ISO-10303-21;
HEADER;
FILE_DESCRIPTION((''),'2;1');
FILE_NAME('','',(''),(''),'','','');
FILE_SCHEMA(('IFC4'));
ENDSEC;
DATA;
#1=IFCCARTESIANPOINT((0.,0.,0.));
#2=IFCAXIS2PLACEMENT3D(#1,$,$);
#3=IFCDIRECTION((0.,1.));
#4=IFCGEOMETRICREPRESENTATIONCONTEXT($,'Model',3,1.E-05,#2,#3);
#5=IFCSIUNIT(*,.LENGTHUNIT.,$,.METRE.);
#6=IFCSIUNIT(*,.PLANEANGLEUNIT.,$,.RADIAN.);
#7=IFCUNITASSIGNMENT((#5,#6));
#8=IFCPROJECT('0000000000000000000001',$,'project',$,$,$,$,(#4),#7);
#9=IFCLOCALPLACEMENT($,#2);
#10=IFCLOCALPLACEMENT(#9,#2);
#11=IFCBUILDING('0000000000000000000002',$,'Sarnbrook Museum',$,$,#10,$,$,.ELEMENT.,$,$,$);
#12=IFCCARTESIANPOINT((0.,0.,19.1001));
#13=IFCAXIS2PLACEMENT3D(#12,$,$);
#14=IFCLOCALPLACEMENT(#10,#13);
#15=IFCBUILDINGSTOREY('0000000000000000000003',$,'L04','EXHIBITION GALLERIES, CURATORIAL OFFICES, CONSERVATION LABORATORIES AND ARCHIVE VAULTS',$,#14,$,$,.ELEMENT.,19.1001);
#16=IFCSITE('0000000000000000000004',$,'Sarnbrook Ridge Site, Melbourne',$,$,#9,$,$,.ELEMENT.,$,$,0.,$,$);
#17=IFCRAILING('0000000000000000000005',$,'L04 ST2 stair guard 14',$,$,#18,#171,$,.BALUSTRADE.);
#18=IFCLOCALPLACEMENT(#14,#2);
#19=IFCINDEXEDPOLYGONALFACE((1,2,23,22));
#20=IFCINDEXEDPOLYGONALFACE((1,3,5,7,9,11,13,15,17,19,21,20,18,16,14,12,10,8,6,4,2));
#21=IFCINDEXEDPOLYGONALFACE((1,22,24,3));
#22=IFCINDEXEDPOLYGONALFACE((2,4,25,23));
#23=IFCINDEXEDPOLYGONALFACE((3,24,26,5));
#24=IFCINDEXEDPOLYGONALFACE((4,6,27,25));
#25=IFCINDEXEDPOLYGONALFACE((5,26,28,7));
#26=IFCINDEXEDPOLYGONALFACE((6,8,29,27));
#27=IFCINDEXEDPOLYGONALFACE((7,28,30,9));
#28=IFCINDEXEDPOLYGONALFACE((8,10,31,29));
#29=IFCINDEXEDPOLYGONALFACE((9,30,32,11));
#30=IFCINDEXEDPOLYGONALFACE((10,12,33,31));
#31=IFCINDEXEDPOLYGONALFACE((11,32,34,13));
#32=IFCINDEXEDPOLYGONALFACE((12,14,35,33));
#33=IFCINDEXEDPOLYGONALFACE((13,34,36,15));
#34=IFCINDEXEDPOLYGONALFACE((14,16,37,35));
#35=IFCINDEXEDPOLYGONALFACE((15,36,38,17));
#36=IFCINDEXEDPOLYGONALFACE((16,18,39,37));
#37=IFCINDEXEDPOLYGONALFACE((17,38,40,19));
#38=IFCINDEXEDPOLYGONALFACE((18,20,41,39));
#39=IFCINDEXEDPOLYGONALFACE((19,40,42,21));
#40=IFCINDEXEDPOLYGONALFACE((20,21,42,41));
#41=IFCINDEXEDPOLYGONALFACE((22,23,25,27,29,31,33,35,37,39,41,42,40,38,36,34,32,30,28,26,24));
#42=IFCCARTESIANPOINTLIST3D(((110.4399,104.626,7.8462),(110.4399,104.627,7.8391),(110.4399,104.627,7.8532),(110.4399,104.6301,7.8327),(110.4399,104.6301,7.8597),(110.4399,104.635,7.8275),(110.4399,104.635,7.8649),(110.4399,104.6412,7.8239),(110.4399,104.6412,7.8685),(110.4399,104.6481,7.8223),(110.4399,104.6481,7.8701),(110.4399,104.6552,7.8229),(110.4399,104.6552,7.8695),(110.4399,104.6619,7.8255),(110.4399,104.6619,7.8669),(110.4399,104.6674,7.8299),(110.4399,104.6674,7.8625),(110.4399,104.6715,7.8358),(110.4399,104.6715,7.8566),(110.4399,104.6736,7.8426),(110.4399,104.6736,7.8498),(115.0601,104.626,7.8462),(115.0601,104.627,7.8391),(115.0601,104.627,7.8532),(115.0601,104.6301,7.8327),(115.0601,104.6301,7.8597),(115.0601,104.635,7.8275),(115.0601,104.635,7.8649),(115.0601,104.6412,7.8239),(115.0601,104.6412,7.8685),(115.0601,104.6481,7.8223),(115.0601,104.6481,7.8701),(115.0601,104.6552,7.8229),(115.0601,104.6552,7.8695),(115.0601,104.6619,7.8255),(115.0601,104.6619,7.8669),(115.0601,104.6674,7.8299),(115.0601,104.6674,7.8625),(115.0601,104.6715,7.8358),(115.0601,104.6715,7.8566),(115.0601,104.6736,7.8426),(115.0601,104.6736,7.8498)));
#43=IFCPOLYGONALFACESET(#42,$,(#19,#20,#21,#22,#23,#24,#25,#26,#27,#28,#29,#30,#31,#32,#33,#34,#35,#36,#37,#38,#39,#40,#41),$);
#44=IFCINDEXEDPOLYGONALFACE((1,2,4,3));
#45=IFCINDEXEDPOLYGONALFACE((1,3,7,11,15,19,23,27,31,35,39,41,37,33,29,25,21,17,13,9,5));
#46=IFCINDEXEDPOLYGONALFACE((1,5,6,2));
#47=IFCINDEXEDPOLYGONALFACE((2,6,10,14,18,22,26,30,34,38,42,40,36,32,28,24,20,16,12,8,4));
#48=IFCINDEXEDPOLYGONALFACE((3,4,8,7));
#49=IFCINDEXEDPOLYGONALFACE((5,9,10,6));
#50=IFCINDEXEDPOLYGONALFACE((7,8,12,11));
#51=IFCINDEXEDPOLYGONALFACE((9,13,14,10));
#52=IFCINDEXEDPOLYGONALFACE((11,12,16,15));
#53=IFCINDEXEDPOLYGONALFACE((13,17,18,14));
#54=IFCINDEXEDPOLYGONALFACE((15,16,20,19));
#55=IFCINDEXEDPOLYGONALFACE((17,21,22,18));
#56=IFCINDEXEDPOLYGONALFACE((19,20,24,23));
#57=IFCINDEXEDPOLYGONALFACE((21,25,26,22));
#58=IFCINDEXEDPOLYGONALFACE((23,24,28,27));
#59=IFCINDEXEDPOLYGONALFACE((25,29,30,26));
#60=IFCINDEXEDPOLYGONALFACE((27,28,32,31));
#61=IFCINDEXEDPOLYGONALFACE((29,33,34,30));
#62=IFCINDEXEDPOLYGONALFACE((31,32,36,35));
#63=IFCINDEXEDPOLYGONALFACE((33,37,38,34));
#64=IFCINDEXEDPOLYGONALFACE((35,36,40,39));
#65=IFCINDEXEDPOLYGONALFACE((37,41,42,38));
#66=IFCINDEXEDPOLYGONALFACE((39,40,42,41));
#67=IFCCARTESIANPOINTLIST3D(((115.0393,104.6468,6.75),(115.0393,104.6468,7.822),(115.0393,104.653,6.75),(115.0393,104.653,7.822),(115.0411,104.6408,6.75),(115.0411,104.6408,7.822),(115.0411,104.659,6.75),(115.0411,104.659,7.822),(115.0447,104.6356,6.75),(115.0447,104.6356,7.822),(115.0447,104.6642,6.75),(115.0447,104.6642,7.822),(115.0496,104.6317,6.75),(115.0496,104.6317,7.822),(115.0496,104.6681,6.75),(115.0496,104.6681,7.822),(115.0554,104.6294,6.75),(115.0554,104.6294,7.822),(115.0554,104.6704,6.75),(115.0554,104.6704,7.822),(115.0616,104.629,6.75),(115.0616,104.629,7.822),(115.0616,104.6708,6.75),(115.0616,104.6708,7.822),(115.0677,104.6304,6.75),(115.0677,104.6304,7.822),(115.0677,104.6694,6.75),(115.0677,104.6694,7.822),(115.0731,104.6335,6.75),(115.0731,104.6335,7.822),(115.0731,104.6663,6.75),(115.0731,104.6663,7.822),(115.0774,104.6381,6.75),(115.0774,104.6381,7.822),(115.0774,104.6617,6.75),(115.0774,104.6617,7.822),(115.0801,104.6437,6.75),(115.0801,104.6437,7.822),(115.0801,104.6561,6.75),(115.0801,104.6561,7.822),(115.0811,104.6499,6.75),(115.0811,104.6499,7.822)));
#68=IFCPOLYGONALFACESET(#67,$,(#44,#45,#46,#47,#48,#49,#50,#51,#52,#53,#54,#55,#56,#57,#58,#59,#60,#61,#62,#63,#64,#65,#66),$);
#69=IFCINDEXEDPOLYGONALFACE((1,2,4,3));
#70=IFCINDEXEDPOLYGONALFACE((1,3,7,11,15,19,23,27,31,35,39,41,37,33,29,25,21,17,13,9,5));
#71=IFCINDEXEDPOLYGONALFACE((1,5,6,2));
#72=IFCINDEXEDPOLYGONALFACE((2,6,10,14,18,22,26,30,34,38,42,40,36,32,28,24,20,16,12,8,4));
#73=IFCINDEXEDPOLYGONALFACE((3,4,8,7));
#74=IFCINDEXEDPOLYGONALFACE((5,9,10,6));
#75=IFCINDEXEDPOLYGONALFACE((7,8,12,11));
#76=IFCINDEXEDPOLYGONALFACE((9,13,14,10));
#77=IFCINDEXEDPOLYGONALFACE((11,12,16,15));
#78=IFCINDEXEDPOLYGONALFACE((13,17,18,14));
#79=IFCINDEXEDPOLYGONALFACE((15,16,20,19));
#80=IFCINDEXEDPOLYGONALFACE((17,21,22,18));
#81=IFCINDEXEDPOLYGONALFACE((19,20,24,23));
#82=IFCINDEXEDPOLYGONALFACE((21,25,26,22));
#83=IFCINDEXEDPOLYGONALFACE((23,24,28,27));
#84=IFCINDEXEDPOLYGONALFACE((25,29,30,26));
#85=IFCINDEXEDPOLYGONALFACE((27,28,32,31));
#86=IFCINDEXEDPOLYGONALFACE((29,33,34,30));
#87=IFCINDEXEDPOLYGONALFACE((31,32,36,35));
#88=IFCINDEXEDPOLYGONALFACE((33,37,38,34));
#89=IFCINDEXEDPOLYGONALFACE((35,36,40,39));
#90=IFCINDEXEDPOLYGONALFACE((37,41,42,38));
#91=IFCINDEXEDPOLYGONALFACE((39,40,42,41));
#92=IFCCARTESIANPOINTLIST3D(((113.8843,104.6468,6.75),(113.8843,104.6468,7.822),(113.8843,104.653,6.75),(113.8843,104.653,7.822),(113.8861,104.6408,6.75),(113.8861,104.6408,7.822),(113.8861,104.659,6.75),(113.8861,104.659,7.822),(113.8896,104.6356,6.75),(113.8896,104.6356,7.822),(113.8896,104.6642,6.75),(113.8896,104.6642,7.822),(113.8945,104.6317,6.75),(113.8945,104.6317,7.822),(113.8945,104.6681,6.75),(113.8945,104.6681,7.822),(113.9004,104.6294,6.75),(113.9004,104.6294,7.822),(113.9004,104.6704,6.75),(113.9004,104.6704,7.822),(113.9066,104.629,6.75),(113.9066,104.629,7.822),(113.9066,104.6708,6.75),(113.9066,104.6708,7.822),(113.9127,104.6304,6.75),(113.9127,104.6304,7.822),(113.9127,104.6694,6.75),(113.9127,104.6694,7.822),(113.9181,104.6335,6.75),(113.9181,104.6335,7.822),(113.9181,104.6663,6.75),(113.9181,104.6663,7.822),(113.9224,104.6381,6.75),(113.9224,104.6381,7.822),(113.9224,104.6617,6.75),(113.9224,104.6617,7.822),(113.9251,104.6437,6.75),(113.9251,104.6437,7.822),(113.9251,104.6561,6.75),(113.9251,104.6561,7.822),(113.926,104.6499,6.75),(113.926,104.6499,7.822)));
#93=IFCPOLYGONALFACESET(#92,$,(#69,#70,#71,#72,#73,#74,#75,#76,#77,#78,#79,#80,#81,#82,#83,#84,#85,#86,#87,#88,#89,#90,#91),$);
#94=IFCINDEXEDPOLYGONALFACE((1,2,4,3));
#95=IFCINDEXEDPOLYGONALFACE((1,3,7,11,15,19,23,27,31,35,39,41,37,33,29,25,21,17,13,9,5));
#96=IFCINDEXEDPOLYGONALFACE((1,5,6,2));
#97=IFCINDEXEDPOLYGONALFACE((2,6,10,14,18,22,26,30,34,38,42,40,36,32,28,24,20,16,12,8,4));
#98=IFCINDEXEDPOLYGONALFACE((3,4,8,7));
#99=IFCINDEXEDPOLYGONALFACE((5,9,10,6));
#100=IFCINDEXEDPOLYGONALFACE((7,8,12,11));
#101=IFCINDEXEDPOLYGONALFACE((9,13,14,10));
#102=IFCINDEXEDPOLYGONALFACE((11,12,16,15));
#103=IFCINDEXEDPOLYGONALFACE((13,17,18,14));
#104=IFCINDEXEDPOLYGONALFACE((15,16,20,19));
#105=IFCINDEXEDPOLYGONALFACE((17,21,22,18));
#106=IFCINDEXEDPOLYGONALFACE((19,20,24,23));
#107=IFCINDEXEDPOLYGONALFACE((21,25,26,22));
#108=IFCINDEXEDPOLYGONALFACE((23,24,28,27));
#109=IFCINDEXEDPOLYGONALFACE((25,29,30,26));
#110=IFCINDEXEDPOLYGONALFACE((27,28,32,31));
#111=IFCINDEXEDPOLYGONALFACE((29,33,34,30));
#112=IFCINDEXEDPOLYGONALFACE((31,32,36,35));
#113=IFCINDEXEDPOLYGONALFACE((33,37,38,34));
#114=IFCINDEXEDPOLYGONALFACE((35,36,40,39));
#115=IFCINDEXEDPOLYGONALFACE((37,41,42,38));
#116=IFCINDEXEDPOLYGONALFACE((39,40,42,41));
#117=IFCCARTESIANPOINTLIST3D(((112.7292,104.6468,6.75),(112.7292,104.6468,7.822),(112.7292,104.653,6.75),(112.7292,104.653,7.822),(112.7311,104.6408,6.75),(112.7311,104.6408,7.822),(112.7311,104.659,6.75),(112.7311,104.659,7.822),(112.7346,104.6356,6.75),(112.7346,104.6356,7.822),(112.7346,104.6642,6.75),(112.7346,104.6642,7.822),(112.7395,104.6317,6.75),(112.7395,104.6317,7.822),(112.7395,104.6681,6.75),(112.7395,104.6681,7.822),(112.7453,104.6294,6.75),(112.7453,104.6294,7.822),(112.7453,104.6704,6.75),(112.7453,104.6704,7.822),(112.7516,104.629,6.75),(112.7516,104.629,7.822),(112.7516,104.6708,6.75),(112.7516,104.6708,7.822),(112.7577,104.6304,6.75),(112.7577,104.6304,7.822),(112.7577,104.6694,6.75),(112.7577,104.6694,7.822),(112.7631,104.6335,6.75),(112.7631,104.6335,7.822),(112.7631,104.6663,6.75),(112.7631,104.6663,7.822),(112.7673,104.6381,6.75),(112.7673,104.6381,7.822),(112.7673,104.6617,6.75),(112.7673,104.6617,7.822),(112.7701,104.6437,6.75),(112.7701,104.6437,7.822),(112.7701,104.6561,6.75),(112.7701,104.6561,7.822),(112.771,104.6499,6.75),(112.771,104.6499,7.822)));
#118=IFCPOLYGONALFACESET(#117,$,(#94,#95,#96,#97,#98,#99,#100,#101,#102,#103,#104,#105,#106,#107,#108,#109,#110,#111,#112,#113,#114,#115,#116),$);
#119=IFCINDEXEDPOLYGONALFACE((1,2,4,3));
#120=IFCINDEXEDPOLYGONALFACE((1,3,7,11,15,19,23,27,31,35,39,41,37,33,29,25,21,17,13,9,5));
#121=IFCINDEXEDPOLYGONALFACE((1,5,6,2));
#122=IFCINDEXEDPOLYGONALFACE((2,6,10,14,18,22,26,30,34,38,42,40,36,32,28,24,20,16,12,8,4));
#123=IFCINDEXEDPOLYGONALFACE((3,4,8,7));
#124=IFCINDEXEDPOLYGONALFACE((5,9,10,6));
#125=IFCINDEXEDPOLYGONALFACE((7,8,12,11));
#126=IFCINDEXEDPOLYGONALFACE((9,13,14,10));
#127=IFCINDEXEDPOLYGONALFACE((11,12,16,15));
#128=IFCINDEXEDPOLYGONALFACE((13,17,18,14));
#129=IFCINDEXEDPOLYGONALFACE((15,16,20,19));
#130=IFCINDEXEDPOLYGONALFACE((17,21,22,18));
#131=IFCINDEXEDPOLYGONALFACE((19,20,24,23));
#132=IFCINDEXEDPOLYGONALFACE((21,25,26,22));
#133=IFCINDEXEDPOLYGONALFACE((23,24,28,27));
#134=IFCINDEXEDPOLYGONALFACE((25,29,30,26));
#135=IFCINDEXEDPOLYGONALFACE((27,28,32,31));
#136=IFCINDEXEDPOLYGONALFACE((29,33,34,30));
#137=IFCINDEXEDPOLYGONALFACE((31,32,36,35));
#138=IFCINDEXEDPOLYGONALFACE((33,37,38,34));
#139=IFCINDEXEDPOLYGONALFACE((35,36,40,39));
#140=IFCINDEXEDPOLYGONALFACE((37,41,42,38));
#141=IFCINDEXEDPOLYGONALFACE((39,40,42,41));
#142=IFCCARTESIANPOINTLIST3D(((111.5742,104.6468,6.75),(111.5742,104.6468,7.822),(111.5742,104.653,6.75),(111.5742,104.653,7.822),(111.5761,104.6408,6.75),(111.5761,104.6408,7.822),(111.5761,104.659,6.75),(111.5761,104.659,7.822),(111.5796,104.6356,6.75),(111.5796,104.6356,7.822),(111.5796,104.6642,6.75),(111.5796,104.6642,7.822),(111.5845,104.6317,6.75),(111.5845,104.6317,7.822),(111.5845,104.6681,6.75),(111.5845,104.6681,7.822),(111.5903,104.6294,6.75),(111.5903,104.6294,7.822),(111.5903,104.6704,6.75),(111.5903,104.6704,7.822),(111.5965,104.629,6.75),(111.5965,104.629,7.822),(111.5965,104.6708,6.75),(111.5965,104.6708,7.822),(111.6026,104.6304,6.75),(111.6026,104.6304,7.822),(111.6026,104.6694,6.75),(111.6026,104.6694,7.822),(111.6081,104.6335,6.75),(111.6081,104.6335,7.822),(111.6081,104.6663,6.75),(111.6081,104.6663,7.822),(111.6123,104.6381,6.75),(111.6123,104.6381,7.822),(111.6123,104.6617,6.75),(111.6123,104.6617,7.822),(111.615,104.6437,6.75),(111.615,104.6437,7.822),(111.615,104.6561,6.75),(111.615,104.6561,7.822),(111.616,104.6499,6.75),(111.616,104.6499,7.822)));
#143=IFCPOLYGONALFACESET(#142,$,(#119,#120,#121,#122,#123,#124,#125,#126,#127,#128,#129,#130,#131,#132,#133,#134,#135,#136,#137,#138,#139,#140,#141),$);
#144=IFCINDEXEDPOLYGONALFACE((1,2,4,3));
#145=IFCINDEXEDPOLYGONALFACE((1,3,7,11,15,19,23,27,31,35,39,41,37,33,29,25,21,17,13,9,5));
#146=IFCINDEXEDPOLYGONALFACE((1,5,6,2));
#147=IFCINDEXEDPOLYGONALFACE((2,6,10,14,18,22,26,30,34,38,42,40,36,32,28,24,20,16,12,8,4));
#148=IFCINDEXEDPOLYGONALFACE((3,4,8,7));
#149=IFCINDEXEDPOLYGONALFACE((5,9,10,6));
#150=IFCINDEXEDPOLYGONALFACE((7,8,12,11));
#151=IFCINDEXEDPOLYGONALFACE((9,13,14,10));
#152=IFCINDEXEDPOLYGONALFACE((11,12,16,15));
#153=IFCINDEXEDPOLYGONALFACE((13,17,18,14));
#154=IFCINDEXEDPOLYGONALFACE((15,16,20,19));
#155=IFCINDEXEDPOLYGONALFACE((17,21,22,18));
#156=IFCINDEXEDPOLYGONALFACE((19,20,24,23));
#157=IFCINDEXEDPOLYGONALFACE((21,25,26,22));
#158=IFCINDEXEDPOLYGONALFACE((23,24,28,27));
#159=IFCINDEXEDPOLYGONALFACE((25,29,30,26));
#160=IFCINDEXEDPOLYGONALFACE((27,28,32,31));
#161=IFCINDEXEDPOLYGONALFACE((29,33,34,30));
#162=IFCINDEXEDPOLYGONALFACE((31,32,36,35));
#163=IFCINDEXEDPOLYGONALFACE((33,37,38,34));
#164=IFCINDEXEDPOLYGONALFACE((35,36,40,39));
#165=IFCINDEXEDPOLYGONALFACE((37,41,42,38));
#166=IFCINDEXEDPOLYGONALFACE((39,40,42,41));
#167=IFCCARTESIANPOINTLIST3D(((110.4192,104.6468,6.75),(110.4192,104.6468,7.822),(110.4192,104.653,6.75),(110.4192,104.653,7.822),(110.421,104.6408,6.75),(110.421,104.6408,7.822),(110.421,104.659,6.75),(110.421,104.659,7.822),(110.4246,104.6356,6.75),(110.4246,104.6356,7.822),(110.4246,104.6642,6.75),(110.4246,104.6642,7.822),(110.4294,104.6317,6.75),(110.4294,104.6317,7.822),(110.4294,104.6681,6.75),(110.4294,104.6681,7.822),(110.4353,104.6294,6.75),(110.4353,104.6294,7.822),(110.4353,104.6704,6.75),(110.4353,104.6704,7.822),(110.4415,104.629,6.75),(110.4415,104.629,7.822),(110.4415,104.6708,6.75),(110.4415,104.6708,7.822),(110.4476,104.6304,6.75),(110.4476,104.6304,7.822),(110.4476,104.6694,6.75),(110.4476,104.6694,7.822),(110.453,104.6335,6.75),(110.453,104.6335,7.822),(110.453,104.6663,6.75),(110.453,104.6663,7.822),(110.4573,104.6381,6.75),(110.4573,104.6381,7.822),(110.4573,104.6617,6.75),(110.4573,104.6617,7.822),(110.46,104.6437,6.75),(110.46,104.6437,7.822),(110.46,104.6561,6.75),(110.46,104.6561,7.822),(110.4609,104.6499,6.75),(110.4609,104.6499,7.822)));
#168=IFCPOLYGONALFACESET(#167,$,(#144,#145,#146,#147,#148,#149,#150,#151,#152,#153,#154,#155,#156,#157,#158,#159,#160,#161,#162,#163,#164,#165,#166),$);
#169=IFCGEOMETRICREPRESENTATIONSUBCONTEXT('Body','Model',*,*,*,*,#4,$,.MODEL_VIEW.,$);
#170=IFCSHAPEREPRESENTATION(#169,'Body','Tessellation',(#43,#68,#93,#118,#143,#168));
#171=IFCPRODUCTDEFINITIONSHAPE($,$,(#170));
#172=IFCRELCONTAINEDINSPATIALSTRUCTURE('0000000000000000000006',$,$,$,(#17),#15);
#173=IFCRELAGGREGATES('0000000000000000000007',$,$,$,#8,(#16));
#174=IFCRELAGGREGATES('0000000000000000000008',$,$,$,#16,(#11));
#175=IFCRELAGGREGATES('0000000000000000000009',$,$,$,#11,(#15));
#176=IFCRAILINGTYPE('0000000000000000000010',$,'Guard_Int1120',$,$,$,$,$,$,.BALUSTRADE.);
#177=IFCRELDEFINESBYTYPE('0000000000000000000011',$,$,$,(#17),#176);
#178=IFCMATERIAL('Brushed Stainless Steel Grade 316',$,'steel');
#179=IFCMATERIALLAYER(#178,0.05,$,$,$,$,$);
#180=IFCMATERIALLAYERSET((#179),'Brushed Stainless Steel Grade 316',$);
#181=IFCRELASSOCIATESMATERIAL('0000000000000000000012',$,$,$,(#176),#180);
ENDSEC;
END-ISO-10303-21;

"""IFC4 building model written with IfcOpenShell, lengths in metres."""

from ifc_helpers import new_model, si_unit, direction, frame, origin, origin_2d, place, context, subcontext, project, spatial, circle, extrude, material, layer, layer_set, type_object, element, save


model = new_model("IFC4")

# Units and contexts
model_context = context("Model", 3, precision=1e-05, world=origin(), true_north=direction((0.0, 1.0)))
body_context = subcontext(model_context, "Body", "Model", "MODEL_VIEW")
ifc_project = project(units=[si_unit("LENGTHUNIT", "METRE"), si_unit("PLANEANGLEUNIT", "RADIAN")], contexts=[model_context])

# Site, building, storey
site_placement = place(None, origin())
site = spatial("IfcSite", under=ifc_project, at=site_placement, Name="Sarnbrook Ridge Site, Melbourne", CompositionType="ELEMENT", RefElevation=0.0)
building_placement = place(site_placement, origin())
building = spatial("IfcBuilding", under=site, at=building_placement, Name="Sarnbrook Museum", CompositionType="ELEMENT")
storey_placement = place(building_placement, frame((0.0, 0.0, 19.1001)))
storey = spatial("IfcBuildingStorey", under=building, at=storey_placement, Name="L04", Description="EXHIBITION GALLERIES, CURATORIAL OFFICES, CONSERVATION LABORATORIES AND ARCHIVE VAULTS", CompositionType="ELEMENT", Elevation=19.1001)

# Railing
ifc_material_1 = material(Name="Brushed Stainless Steel Grade 316", Category="steel")
ifc_layer_1 = layer(ifc_material_1, 0.05)
ifc_layer_set_1 = layer_set([ifc_layer_1], Name="Brushed Stainless Steel Grade 316")
railing_type = type_object("IfcRailingType", Name="Guard_Int1120", PredefinedType="BALUSTRADE", material=ifc_layer_set_1)
for number, where, name in (
    (1, (115.0601, 104.6499, 6.75), "L04 ST2 stair guard 14"),
):
    element("IfcRailing", number, at=place(storey_placement, frame(where)), inside=storey, type_object=railing_type, Name=name, PredefinedType="BALUSTRADE", context=body_context, shape_type="SweptSolid", body=[
        extrude(circle(Radius=0.0239, at=origin_2d()), frame((0.0, 0.0, 1.0962), z_axis=(-1.0, 0.0, 0.0), x_axis=(0.0, -1.0, 0.0)), (0.0, 0.0, 1.0), 4.6201),
        extrude(circle(Radius=0.021, at=origin_2d()), origin(), (0.0, 0.0, 1.0), 1.072),
        extrude(circle(Radius=0.021, at=origin_2d()), frame((-1.155, 0.0, 0.0)), (0.0, 0.0, 1.0), 1.072),
        extrude(circle(Radius=0.021, at=origin_2d()), frame((-2.3101, 0.0, 0.0)), (0.0, 0.0, 1.0), 1.072),
        extrude(circle(Radius=0.021, at=origin_2d()), frame((-3.4651, 0.0, 0.0)), (0.0, 0.0, 1.0), 1.072),
        extrude(circle(Radius=0.021, at=origin_2d()), frame((-4.6201, 0.0, 0.0)), (0.0, 0.0, 1.0), 1.072),
    ])

save(model, "model.ifc")
